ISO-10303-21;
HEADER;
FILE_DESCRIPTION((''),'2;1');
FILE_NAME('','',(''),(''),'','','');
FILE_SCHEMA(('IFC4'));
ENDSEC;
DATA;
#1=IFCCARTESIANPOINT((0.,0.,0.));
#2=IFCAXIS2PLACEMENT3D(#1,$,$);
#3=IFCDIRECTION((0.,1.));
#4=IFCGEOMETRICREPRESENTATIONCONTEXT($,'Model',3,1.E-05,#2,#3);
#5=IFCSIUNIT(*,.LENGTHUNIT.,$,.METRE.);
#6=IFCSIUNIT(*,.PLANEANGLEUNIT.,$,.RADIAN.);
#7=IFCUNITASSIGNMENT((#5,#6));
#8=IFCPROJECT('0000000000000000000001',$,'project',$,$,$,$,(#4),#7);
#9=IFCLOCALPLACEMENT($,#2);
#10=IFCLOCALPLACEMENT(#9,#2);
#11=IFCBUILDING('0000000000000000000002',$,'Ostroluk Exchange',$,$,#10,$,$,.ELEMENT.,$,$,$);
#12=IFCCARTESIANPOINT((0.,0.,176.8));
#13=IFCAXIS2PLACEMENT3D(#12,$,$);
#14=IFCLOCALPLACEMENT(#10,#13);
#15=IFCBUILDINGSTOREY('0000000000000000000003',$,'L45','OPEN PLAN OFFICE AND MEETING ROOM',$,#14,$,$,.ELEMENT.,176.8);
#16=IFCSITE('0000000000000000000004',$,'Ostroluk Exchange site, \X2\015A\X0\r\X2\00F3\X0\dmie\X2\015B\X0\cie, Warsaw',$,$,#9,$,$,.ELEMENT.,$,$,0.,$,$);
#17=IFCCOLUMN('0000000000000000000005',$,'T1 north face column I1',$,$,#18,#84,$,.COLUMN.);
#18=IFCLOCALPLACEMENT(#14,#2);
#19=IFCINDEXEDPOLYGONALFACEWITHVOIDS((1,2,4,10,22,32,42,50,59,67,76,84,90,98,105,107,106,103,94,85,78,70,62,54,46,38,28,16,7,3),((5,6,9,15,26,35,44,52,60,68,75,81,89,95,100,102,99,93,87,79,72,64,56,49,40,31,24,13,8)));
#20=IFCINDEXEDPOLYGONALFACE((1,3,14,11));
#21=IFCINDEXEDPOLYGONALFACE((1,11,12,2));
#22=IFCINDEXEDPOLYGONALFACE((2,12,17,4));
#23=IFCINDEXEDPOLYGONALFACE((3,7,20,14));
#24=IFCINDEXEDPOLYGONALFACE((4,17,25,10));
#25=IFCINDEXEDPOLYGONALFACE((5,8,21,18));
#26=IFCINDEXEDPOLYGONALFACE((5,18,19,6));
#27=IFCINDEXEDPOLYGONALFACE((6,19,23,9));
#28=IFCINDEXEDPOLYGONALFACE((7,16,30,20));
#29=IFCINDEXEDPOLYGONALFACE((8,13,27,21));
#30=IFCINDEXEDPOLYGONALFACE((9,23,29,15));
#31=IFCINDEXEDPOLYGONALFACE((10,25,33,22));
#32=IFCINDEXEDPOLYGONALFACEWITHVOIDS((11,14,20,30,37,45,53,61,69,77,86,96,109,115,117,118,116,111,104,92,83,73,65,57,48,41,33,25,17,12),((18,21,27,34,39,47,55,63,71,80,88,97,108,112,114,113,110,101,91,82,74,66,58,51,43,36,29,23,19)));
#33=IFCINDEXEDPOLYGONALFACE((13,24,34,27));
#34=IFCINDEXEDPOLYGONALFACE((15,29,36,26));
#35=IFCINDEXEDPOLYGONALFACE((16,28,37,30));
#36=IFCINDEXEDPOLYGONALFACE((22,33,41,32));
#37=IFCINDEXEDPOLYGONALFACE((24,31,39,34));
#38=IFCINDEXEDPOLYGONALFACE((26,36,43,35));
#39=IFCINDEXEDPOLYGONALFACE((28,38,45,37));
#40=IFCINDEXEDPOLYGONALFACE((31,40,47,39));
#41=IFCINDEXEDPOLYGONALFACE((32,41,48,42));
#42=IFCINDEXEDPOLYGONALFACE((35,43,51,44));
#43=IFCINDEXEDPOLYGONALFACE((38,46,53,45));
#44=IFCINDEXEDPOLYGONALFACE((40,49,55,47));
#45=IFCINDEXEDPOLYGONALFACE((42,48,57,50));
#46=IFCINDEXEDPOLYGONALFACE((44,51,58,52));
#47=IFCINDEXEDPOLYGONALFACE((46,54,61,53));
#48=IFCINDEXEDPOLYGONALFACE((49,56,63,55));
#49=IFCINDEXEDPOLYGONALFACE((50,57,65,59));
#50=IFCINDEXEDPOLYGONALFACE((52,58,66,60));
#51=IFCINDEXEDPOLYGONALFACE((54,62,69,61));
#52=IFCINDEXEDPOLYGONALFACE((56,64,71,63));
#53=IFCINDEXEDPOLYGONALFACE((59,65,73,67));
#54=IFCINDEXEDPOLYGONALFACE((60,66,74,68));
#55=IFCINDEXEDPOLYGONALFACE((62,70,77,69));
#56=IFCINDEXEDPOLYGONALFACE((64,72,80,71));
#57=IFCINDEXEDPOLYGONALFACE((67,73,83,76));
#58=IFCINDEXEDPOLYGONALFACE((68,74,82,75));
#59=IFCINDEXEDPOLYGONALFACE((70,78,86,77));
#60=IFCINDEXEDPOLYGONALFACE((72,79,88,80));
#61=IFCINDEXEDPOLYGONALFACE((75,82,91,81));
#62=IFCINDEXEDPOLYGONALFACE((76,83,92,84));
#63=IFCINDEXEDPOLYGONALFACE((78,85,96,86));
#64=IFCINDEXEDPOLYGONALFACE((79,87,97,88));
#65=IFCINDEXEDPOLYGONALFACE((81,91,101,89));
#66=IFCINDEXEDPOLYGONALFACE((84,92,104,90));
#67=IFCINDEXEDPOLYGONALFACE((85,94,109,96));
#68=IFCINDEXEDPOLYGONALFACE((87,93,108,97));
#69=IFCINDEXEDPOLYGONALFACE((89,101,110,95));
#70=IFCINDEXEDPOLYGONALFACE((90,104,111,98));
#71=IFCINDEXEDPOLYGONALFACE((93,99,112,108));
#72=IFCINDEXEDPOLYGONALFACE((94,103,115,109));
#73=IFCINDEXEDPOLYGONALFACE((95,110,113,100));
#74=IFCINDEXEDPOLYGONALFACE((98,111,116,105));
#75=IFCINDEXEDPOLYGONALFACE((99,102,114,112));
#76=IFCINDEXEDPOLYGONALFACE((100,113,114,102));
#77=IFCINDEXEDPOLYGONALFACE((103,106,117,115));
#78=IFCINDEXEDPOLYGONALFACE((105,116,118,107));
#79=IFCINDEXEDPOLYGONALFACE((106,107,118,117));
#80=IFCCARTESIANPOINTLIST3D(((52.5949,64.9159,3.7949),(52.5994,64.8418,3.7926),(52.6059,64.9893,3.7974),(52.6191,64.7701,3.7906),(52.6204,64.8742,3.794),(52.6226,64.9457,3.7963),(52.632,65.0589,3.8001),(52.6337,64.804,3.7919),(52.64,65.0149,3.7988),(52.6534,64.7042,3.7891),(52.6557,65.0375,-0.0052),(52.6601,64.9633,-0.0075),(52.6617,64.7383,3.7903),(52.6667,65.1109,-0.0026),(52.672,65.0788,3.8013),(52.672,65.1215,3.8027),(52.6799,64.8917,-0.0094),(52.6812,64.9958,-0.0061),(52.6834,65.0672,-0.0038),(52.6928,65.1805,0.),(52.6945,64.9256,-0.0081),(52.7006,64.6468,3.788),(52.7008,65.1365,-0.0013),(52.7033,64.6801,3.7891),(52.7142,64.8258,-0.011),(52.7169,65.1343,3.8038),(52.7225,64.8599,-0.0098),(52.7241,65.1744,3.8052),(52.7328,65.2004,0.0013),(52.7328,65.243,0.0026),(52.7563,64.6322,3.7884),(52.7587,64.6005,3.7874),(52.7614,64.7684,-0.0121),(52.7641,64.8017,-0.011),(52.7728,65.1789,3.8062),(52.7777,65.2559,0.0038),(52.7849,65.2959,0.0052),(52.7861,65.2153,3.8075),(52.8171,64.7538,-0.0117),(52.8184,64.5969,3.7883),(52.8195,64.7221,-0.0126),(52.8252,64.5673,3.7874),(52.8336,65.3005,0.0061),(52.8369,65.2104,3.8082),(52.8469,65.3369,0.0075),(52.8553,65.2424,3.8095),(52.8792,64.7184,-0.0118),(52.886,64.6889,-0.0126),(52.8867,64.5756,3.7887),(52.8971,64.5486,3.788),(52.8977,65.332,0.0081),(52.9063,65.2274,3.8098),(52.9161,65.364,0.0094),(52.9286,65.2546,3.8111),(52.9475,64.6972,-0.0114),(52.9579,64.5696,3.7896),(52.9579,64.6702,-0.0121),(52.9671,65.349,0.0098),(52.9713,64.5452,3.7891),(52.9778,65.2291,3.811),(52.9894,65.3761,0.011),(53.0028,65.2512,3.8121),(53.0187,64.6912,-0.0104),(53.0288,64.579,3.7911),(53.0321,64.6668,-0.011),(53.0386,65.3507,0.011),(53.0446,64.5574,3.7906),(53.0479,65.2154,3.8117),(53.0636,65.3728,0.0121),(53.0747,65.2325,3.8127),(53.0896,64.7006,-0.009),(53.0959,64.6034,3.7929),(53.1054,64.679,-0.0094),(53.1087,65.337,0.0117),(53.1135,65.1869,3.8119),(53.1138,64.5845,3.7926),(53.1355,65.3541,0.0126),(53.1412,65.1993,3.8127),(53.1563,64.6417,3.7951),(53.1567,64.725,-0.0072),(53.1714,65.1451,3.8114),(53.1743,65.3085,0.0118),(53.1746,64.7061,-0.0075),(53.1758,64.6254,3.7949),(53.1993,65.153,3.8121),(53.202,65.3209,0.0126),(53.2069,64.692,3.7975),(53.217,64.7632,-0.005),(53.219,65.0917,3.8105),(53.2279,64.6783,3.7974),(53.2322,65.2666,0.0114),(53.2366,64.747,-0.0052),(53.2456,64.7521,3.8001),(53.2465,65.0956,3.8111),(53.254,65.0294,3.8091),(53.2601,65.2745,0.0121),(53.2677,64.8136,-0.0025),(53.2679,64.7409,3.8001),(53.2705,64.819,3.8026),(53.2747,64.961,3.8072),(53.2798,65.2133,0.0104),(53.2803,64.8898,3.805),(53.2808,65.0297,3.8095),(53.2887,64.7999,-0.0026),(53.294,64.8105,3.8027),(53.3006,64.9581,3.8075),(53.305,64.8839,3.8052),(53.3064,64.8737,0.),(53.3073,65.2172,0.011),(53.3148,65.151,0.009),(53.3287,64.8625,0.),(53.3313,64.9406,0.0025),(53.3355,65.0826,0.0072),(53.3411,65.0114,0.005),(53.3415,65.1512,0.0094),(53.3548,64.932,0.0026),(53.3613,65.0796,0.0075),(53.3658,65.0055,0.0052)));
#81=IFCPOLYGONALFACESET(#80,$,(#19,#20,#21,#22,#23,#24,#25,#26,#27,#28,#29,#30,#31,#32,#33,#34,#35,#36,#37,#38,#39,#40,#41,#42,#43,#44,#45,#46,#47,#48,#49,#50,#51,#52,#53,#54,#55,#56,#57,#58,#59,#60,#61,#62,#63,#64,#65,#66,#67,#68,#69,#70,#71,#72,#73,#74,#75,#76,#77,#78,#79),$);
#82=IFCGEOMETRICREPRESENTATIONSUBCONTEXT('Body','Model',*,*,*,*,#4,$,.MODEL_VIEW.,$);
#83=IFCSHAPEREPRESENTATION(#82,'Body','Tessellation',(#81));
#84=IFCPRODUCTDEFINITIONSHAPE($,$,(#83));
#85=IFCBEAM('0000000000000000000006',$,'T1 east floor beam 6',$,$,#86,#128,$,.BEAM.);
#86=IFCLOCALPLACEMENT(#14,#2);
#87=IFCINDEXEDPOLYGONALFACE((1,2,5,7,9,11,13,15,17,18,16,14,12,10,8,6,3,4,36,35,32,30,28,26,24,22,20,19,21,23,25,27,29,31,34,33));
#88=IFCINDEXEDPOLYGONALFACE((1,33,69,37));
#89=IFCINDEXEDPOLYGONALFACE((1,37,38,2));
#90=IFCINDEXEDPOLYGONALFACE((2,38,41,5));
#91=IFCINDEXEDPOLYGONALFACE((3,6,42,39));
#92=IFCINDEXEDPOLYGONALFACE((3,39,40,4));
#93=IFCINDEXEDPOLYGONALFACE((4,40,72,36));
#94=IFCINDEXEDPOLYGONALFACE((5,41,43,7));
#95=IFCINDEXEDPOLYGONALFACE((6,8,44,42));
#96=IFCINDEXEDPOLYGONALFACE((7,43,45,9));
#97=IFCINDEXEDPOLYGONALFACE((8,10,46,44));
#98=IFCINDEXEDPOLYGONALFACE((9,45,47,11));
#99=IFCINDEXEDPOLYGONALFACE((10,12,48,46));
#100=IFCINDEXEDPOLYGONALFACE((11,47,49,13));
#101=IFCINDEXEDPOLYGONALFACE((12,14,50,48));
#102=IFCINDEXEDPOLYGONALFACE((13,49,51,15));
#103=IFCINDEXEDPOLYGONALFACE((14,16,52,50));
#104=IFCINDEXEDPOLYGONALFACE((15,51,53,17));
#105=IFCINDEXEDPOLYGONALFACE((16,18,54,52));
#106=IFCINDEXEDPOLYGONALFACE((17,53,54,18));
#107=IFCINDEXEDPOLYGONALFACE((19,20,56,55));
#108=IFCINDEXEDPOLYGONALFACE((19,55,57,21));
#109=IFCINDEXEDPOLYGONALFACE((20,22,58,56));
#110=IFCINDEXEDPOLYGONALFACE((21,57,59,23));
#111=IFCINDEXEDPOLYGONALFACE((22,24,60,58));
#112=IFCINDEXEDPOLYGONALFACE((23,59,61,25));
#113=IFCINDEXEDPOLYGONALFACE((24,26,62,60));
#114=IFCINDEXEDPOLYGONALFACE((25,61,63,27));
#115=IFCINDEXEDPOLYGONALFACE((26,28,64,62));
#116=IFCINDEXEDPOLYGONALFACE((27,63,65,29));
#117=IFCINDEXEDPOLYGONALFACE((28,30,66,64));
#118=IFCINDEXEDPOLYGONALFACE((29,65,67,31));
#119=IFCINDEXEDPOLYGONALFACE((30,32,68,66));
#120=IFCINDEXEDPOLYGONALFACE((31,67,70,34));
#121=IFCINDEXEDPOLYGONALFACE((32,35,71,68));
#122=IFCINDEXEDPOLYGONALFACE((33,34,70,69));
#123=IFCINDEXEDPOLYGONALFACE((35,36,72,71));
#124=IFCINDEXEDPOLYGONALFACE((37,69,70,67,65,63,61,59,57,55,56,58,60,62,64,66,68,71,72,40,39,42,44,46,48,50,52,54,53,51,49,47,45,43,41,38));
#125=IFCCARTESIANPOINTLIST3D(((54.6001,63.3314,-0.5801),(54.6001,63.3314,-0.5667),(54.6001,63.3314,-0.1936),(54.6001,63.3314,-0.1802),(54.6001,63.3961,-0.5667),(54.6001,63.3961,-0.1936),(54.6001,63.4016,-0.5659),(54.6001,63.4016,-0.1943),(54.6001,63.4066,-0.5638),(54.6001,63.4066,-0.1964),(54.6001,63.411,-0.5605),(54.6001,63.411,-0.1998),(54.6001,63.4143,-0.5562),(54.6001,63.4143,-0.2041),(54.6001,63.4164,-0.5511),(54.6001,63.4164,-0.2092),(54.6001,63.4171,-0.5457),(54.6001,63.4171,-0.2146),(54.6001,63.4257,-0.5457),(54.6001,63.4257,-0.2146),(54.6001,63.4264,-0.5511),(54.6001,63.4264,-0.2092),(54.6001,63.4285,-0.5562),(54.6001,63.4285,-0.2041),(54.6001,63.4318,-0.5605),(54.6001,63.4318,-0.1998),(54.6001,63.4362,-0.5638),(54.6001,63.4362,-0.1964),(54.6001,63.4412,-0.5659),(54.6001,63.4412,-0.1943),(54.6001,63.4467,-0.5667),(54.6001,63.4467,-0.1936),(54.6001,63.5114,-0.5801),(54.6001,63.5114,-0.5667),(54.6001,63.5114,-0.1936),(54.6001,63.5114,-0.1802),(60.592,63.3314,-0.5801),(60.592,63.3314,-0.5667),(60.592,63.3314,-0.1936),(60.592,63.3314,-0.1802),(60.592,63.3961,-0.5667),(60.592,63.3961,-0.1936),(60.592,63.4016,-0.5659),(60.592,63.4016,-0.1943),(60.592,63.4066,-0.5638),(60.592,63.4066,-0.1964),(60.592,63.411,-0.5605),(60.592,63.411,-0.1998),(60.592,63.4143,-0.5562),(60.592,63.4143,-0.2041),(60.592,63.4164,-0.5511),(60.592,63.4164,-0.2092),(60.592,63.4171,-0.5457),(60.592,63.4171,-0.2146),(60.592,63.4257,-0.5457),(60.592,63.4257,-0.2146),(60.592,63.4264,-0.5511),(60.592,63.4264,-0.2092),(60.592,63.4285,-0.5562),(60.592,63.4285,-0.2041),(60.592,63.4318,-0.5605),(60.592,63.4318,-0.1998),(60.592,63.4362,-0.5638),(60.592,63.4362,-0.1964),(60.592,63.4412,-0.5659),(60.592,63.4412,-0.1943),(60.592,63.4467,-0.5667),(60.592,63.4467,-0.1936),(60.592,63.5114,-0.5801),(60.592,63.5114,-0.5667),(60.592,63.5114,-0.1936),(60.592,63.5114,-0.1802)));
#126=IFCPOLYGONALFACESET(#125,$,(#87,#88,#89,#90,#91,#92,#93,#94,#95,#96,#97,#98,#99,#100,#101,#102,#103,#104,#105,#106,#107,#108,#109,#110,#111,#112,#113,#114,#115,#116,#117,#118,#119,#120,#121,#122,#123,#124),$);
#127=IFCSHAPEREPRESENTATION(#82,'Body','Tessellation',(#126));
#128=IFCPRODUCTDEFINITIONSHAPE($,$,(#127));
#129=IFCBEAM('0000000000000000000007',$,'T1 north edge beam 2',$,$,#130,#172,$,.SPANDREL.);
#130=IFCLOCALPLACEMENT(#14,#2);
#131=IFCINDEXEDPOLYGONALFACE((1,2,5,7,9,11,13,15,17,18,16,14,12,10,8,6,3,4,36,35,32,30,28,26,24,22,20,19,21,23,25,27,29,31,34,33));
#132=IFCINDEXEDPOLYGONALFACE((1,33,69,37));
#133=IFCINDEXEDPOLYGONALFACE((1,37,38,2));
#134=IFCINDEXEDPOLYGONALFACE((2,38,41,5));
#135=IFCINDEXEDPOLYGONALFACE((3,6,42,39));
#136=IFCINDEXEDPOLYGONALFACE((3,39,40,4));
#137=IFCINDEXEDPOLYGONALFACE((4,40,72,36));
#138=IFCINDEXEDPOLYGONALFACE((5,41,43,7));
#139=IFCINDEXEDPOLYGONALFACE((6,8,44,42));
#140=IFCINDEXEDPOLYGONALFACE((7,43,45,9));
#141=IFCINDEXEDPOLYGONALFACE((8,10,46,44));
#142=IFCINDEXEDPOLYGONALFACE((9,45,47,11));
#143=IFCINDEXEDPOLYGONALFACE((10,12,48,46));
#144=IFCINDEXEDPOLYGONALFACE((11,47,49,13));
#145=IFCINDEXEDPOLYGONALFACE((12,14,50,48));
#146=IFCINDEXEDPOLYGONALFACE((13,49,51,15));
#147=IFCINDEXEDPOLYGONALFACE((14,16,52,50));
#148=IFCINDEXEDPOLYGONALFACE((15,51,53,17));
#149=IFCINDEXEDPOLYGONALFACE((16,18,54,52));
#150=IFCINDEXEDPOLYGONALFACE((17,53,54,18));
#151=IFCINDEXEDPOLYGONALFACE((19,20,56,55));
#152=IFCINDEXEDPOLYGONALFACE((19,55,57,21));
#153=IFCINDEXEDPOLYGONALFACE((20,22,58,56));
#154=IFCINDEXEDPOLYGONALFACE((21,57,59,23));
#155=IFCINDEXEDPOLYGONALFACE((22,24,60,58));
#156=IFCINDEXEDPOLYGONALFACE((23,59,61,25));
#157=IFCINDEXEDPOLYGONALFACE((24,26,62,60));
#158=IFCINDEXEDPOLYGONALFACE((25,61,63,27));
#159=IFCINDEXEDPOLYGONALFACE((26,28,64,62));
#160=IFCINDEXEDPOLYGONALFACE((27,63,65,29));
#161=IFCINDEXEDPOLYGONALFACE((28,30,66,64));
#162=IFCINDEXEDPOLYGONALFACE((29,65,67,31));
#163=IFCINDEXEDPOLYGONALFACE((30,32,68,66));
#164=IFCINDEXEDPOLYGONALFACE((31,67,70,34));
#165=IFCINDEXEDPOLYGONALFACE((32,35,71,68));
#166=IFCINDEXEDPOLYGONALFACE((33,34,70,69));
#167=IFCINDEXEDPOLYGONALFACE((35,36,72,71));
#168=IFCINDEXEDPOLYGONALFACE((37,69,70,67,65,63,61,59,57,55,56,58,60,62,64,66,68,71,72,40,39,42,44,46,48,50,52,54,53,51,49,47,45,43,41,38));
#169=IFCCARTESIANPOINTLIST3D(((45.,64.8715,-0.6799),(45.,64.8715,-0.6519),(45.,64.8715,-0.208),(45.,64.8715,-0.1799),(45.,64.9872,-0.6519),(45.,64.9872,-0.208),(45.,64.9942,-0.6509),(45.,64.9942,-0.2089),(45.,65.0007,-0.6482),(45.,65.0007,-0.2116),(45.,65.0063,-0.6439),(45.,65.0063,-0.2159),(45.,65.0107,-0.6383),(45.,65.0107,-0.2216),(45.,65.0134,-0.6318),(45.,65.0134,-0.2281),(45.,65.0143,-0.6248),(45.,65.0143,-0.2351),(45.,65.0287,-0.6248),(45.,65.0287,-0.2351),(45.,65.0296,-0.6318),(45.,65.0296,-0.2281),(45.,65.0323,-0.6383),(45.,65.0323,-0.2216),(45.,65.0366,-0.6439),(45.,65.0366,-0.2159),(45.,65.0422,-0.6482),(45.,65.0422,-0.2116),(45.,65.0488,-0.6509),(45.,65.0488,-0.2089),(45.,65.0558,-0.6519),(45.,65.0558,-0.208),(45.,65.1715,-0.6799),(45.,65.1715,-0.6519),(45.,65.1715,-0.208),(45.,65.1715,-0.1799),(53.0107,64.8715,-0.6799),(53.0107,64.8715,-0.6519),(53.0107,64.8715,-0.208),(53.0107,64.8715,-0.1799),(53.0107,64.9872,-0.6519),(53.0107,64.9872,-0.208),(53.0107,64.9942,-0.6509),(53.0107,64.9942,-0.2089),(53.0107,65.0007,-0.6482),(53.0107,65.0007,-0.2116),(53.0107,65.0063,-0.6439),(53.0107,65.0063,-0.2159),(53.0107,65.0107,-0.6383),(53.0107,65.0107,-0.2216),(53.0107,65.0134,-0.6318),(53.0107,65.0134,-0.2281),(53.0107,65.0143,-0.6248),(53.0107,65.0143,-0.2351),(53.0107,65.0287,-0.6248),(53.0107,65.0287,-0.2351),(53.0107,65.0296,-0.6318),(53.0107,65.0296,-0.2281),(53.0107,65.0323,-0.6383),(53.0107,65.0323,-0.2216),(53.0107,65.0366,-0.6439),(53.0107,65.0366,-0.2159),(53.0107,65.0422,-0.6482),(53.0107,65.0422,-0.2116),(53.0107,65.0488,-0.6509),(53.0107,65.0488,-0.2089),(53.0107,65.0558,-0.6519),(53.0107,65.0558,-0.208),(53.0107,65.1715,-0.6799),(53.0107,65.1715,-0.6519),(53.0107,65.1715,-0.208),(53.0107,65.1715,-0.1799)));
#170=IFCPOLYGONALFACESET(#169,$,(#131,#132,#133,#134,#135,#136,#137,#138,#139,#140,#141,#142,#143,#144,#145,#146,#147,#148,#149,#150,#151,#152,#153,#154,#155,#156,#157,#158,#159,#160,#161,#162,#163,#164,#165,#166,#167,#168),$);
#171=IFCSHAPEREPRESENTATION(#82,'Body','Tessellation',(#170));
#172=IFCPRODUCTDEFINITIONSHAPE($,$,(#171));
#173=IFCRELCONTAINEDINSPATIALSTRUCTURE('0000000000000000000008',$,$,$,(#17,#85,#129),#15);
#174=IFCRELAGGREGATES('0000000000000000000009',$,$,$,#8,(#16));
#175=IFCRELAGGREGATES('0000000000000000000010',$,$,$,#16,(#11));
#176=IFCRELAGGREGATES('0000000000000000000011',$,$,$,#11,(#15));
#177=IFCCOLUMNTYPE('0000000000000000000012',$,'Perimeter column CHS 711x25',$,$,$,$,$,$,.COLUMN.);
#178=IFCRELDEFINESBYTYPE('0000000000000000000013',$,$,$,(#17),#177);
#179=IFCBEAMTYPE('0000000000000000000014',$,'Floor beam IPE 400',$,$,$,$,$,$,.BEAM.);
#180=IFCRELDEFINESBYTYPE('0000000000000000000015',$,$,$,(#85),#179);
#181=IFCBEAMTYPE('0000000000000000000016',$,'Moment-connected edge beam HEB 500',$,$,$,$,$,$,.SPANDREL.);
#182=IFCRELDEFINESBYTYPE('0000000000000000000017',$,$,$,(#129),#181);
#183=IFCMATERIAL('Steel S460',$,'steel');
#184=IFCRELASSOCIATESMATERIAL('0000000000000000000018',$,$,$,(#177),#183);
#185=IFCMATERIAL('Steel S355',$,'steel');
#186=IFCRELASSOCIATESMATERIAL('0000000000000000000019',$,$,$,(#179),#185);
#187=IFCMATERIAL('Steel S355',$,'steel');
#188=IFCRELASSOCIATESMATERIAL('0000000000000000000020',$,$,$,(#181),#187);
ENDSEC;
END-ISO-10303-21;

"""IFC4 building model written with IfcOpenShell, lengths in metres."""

from ifc_helpers import new_model, si_unit, direction, frame, origin, origin_2d, place, context, subcontext, project, spatial, hollow_circle, i_section, extrude, material, material_profile, profile_set, type_object, element, save


model = new_model("IFC4")

# Units and contexts
model_context = context("Model", 3, precision=1e-05, world=origin(), true_north=direction((0.0, 1.0)))
body_context = subcontext(model_context, "Body", "Model", "MODEL_VIEW")
ifc_project = project(units=[si_unit("LENGTHUNIT", "METRE"), si_unit("PLANEANGLEUNIT", "RADIAN")], contexts=[model_context])

# Site, building, storey
site_placement = place(None, origin())
site = spatial("IfcSite", under=ifc_project, at=site_placement, Name="Ostroluk Exchange site, Śródmieście, Warsaw", CompositionType="ELEMENT", RefElevation=0.0)
building_placement = place(site_placement, origin())
building = spatial("IfcBuilding", under=site, at=building_placement, Name="Ostroluk Exchange", CompositionType="ELEMENT")
storey_placement = place(building_placement, frame((0.0, 0.0, 176.8)))
storey = spatial("IfcBuildingStorey", under=building, at=storey_placement, Name="L45", Description="OPEN PLAN OFFICE AND MEETING ROOM", CompositionType="ELEMENT", Elevation=176.8)

# Column
ifc_material_1 = material(Name="Steel S460", Category="steel")
ifc_material_profile_1 = material_profile(ifc_material_1, hollow_circle(Radius=0.3555, WallThickness=0.0249, at=origin_2d()), Name="CHS 711x25")
ifc_profile_set_1 = profile_set([ifc_material_profile_1], Name="Steel S460")
column_type = type_object("IfcColumnType", Name="Perimeter column CHS 711x25", PredefinedType="COLUMN", material=ifc_profile_set_1)
column_placement = place(storey_placement, frame((53.0107, 65.0215, 0.0), z_axis=(-0.015987, -0.031974, 0.999361), x_axis=(0.894427, -0.447214, 0.0)))
element("IfcColumn", 1, at=column_placement, inside=storey, type_object=column_type, Name="T1 north face column I1", PredefinedType="COLUMN", context=body_context, shape_type="SweptSolid", body=[
    extrude(hollow_circle(Radius=0.3555, WallThickness=0.0249, at=origin_2d()), origin(), (0.0, 0.0, 1.0), 3.8025),
])

# Beams
ifc_material_2 = material(Name="Steel S355", Category="steel")
ifc_material_profile_2 = material_profile(ifc_material_2, i_section(OverallWidth=0.1799, OverallDepth=0.3999, WebThickness=0.0085, FlangeThickness=0.0134, FilletRadius=0.021, at=origin_2d()), Name="IPE 400")
ifc_profile_set_2 = profile_set([ifc_material_profile_2], Name="Steel S355")
beam_type_1 = type_object("IfcBeamType", Name="Floor beam IPE 400", PredefinedType="BEAM", material=ifc_profile_set_2)
beam_placement = place(storey_placement, frame((54.6001, 63.4214, -0.3801), z_axis=(1.0, 0.0, 0.0), x_axis=(0.0, 1.0, 0.0)))
element("IfcBeam", 2, at=beam_placement, inside=storey, type_object=beam_type_1, Name="T1 east floor beam 6", PredefinedType="BEAM", context=body_context, shape_type="SweptSolid", body=[
    extrude(i_section(OverallWidth=0.1799, OverallDepth=0.3999, WebThickness=0.0085, FlangeThickness=0.0134, FilletRadius=0.021, at=origin_2d()), origin(), (0.0, 0.0, 1.0), 5.9919),
])
ifc_material_3 = material(Name="Steel S355", Category="steel")
ifc_material_profile_3 = material_profile(ifc_material_3, i_section(OverallWidth=0.3, OverallDepth=0.5, WebThickness=0.0144, FlangeThickness=0.0281, FilletRadius=0.0271, at=origin_2d()), Name="HEB 500")
ifc_profile_set_3 = profile_set([ifc_material_profile_3], Name="Steel S355")
beam_type_2 = type_object("IfcBeamType", Name="Moment-connected edge beam HEB 500", PredefinedType="SPANDREL", material=ifc_profile_set_3)
for number, where, z_axis, x_axis, name in (
    (3, (53.0107, 65.0215, -0.4299), (-1.0, 0.0, 0.0), (0.0, -1.0, 0.0), "T1 north edge beam 2"),
):
    element("IfcBeam", number, at=place(storey_placement, frame(where, z_axis=z_axis, x_axis=x_axis)), inside=storey, type_object=beam_type_2, Name=name, PredefinedType="SPANDREL", context=body_context, shape_type="SweptSolid", body=[
        extrude(i_section(OverallWidth=0.3, OverallDepth=0.5, WebThickness=0.0144, FlangeThickness=0.0281, FilletRadius=0.0271, at=origin_2d()), origin(), (0.0, 0.0, 1.0), 8.0107),
    ])

save(model, "model.ifc")
